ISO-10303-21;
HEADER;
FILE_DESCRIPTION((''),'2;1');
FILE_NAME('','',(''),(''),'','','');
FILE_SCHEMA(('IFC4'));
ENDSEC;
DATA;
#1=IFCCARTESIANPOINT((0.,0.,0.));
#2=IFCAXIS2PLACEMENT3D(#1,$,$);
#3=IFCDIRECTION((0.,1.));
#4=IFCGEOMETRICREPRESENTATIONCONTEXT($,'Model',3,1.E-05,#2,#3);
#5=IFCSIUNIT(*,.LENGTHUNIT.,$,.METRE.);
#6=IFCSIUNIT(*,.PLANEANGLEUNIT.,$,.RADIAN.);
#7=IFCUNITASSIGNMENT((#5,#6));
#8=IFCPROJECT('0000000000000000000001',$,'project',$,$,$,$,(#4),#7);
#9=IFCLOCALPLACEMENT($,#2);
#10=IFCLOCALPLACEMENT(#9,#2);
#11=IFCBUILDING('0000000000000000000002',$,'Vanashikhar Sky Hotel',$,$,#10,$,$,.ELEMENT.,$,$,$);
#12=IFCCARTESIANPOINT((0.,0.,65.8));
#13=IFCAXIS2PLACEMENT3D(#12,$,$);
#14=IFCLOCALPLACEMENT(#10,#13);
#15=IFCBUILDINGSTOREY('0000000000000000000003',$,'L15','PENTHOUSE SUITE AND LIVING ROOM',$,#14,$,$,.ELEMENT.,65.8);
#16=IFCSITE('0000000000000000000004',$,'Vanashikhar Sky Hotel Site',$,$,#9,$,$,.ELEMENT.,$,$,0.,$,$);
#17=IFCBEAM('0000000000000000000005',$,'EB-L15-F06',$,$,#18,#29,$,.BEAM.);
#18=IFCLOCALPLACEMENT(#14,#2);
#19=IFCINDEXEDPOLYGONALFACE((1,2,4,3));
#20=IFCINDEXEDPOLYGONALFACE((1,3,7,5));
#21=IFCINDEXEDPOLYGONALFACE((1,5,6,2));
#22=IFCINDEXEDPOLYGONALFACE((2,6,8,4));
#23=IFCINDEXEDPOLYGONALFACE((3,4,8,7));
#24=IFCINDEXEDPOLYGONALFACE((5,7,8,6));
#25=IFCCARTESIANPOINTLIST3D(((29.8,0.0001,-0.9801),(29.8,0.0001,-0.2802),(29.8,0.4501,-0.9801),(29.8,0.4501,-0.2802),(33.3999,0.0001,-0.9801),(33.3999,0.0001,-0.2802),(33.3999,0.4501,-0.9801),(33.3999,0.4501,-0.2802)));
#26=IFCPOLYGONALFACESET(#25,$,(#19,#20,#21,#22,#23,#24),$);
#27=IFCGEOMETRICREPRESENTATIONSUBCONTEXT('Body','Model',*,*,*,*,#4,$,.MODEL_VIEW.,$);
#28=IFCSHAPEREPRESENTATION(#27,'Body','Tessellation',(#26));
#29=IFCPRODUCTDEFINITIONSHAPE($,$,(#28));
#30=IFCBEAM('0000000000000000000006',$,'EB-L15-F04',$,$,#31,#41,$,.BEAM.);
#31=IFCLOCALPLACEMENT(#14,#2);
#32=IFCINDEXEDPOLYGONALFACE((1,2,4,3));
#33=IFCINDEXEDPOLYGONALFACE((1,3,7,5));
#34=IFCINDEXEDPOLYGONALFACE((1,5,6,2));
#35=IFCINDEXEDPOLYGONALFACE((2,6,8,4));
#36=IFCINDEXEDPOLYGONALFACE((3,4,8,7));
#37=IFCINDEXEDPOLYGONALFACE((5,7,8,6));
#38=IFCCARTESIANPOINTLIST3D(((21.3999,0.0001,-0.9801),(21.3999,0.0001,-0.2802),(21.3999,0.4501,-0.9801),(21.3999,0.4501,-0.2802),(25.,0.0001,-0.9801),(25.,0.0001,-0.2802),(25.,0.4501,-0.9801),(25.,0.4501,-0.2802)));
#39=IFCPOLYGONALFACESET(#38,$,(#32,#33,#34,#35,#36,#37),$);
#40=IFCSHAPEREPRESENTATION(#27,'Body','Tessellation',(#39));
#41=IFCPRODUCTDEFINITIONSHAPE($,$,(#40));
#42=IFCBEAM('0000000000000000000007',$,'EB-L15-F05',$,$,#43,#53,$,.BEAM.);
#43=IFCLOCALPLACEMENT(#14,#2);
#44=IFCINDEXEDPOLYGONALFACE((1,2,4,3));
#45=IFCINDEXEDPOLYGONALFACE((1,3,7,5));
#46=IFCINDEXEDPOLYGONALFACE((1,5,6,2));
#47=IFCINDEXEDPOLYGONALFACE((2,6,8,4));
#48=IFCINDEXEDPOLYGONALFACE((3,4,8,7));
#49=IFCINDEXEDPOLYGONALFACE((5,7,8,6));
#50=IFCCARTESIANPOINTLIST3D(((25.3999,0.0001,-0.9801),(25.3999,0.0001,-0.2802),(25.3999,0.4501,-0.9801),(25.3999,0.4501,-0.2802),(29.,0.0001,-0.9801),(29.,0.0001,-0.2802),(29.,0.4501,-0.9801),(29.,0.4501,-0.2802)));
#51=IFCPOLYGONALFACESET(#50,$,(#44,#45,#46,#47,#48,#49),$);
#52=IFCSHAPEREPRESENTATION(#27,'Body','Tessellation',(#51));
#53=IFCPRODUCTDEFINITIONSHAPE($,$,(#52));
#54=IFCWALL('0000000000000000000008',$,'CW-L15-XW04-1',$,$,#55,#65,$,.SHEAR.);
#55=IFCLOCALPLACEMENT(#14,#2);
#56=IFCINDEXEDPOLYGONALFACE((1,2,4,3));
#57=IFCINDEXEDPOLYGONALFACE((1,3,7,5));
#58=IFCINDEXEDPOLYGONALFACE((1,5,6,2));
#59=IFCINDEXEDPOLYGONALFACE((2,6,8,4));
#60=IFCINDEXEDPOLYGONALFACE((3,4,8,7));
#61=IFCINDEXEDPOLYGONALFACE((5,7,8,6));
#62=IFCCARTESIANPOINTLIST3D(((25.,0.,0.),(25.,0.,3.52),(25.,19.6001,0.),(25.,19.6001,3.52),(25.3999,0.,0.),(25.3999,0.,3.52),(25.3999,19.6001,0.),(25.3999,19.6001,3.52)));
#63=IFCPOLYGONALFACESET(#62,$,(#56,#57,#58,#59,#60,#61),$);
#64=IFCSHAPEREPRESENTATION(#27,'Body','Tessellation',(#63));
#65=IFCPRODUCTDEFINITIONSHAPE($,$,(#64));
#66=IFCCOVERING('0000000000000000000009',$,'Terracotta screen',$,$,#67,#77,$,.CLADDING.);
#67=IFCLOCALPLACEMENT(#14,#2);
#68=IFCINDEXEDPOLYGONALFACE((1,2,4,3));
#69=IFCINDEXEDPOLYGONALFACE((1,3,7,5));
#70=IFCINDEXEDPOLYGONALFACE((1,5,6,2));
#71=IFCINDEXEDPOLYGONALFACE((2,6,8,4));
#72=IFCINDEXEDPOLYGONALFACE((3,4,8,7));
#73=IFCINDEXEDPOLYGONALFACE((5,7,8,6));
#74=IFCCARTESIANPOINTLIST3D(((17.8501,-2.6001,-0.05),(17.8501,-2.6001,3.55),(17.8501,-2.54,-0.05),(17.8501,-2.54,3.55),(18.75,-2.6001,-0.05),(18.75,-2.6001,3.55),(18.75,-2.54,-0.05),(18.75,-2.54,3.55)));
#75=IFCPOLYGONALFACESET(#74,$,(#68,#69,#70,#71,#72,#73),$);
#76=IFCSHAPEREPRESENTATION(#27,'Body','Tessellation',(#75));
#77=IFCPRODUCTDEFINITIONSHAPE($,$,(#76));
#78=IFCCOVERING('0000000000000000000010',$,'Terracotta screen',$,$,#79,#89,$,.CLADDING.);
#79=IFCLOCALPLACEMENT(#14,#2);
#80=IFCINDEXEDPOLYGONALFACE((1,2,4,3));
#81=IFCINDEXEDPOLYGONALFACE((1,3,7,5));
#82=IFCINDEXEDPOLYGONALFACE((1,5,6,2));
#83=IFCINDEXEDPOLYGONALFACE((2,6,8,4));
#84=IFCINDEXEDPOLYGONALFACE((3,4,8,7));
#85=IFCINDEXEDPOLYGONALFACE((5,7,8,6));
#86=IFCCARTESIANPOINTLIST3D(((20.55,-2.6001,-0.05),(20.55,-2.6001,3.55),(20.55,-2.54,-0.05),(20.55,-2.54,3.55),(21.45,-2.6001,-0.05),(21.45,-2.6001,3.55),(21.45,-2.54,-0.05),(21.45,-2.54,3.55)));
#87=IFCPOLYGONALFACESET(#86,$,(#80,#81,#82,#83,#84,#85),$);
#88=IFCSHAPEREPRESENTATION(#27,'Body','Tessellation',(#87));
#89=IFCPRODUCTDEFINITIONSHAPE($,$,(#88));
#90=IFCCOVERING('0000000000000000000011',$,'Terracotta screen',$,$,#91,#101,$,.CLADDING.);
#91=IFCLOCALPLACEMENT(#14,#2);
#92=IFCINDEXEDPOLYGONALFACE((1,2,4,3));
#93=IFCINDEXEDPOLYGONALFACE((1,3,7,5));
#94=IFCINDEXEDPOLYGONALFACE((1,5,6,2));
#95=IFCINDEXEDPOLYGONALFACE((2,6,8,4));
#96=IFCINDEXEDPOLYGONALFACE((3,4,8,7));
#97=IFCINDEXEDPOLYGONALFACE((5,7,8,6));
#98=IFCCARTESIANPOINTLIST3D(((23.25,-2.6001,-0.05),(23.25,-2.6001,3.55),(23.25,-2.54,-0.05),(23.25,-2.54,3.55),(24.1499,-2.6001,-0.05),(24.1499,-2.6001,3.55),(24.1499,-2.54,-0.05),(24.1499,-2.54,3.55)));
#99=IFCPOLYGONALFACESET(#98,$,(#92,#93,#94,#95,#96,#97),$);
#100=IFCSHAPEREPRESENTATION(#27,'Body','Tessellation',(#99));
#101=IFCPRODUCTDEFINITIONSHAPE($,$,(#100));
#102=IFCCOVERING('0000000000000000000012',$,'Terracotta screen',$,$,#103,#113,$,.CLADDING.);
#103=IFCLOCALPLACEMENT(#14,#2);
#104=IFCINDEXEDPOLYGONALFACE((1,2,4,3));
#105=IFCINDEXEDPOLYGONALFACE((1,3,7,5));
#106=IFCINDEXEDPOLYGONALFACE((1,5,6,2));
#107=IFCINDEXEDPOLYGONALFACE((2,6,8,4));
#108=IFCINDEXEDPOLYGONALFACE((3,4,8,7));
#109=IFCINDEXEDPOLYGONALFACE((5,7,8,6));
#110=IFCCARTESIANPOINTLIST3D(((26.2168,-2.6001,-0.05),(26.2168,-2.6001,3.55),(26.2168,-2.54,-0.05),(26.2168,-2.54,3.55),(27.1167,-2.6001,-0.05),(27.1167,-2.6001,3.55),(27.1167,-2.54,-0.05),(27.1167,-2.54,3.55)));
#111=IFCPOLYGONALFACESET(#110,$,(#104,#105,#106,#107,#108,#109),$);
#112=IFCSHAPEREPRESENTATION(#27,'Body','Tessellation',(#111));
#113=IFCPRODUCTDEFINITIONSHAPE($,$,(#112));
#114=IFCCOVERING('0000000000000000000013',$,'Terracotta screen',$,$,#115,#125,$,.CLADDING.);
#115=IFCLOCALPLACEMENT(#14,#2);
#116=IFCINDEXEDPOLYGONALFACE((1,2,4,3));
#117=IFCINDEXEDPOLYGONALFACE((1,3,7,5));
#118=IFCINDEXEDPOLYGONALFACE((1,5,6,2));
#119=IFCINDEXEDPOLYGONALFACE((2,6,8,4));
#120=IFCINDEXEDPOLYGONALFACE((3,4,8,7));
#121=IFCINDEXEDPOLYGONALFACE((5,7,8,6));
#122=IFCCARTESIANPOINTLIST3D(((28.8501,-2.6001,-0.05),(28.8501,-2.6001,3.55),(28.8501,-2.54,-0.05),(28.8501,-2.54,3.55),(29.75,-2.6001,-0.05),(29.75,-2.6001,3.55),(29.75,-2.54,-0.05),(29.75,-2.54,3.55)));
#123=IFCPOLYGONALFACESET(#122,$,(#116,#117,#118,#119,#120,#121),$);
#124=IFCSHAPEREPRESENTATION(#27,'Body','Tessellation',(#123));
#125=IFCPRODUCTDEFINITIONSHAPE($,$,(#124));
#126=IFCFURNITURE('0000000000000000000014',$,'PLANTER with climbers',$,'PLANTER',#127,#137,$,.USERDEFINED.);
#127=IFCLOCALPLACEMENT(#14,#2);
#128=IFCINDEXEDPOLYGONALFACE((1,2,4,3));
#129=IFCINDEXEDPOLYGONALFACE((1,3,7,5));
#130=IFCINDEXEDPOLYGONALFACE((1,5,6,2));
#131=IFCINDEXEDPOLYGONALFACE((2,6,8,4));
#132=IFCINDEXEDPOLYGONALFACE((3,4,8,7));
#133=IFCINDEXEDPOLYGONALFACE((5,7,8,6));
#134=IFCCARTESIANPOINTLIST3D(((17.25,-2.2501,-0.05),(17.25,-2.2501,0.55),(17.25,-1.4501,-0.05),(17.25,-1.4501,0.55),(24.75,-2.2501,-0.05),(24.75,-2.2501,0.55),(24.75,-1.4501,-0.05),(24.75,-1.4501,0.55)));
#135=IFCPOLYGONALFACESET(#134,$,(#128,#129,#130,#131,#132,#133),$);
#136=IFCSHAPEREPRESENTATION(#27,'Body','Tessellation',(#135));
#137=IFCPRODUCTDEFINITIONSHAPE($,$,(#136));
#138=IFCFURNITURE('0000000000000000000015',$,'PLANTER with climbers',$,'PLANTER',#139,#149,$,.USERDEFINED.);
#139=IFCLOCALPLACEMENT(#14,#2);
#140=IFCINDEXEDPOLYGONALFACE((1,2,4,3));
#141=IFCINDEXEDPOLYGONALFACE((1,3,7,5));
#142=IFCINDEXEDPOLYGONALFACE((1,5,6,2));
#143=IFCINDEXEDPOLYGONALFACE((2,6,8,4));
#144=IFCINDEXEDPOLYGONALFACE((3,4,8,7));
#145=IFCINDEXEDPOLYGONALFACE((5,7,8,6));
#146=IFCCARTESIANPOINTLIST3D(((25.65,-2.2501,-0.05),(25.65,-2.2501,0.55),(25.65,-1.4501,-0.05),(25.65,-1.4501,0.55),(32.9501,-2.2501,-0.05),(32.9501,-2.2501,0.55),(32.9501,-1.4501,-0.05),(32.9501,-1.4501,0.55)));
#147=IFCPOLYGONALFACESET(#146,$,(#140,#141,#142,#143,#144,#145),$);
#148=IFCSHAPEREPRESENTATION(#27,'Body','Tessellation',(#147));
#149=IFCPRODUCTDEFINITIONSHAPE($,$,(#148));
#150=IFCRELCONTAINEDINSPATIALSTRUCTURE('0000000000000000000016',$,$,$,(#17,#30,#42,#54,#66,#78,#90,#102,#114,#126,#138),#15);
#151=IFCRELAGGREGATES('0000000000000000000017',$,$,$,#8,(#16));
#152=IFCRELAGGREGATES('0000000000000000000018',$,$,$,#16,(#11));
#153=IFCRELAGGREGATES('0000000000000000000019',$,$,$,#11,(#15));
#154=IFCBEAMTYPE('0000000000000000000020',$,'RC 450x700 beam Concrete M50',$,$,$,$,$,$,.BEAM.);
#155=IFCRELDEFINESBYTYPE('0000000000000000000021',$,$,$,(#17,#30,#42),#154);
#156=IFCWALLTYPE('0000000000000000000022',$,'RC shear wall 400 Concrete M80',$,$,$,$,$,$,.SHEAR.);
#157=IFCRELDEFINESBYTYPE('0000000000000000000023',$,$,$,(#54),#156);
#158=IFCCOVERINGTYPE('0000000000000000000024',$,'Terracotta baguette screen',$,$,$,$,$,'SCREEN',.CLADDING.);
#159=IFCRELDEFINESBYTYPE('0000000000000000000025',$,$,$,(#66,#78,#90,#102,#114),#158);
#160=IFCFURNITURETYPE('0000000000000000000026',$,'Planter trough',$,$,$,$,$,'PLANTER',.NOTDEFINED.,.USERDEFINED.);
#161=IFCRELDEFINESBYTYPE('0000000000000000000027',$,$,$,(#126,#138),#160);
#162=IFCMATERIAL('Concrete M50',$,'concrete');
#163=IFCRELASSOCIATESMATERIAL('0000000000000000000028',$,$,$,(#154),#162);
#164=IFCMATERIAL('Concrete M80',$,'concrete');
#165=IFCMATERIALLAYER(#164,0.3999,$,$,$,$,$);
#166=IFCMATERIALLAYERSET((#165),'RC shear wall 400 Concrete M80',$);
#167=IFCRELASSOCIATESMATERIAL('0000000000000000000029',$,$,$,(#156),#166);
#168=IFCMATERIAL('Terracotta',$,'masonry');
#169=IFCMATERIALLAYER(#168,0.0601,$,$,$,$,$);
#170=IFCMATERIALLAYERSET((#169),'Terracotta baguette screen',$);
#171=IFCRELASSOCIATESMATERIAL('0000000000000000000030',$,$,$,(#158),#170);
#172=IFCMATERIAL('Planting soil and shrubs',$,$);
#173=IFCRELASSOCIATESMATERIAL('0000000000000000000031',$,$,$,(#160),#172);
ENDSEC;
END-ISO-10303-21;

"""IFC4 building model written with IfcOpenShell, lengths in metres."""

from ifc_helpers import new_model, si_unit, direction, frame, frame_2d, origin, origin_2d, place, context, subcontext, project, spatial, rectangle, extrude, source, transform, mapped, material, layer, layer_set, material_profile, profile_set, type_object, element, save


model = new_model("IFC4")

# Units and contexts
model_context = context("Model", 3, precision=1e-05, world=origin(), true_north=direction((0.0, 1.0)))
body_context = subcontext(model_context, "Body", "Model", "MODEL_VIEW")
ifc_project = project(units=[si_unit("LENGTHUNIT", "METRE"), si_unit("PLANEANGLEUNIT", "RADIAN")], contexts=[model_context])

# Site, building, storey
site_placement = place(None, origin())
site = spatial("IfcSite", under=ifc_project, at=site_placement, Name="Vanashikhar Sky Hotel Site", CompositionType="ELEMENT", RefElevation=0.0)
building_placement = place(site_placement, origin())
building = spatial("IfcBuilding", under=site, at=building_placement, Name="Vanashikhar Sky Hotel", CompositionType="ELEMENT")
storey_placement = place(building_placement, frame((0.0, 0.0, 65.8)))
storey = spatial("IfcBuildingStorey", under=building, at=storey_placement, Name="L15", Description="PENTHOUSE SUITE AND LIVING ROOM", CompositionType="ELEMENT", Elevation=65.8)

# Beams
ifc_material_1 = material(Name="Concrete M50", Category="concrete")
ifc_material_profile = material_profile(ifc_material_1, rectangle(XDim=0.45, YDim=0.7, at=origin_2d()))
ifc_profile_set = profile_set([ifc_material_profile], Name="RC 450x700 beam Concrete M50")
beam_type = type_object("IfcBeamType", Name="RC 450x700 beam Concrete M50", PredefinedType="BEAM", material=ifc_profile_set)
shared_shape_1 = source(origin(), body_context, "Body", "SweptSolid", [
    extrude(rectangle(XDim=0.45, YDim=0.7, at=origin_2d()), origin(), (0.0, 0.0, 1.0), 3.5999),
])
beam_placement = place(storey_placement, frame((29.8, 0.2251, -0.6301), z_axis=(1.0, 0.0, 0.0), x_axis=(0.0, 1.0, 0.0)))
element("IfcBeam", 1, at=beam_placement, inside=storey, type_object=beam_type, Name="EB-L15-F06", PredefinedType="BEAM", context=body_context, shape_type="MappedRepresentation", body=[
    mapped(shared_shape_1, transform((0.0, 0.0, 0.0), scale=1.0)),
])
shared_shape_2 = source(origin(), body_context, "Body", "SweptSolid", [
    extrude(rectangle(XDim=0.45, YDim=0.7, at=origin_2d()), origin(), (0.0, 0.0, 1.0), 3.6001),
])
for number, where, z_axis, x_axis, name in (
    (2, (21.3999, 0.2251, -0.6301), (1.0, 0.0, 0.0), (0.0, 1.0, 0.0), "EB-L15-F04"),
    (3, (25.3999, 0.2251, -0.6301), (1.0, 0.0, 0.0), (0.0, 1.0, 0.0), "EB-L15-F05"),
):
    element("IfcBeam", number, at=place(storey_placement, frame(where, z_axis=z_axis, x_axis=x_axis)), inside=storey, type_object=beam_type, Name=name, PredefinedType="BEAM", context=body_context, shape_type="MappedRepresentation", body=[
        mapped(shared_shape_2, transform((0.0, 0.0, 0.0), scale=1.0)),
    ])

# Wall
ifc_material_2 = material(Name="Concrete M80", Category="concrete")
ifc_layer_1 = layer(ifc_material_2, 0.3999)
ifc_layer_set_1 = layer_set([ifc_layer_1], Name="RC shear wall 400 Concrete M80")
wall_type_1 = type_object("IfcWallType", Name="RC shear wall 400 Concrete M80", PredefinedType="SHEAR", material=ifc_layer_set_1)
shared_shape_3 = source(origin(), body_context, "Body", "SweptSolid", [
    extrude(rectangle(XDim=19.6001, YDim=0.3999, at=frame_2d((9.8, 0.0))), origin(), (0.0, 0.0, 1.0), 3.52),
])
wall_1_placement = place(storey_placement, frame((25.2, 0.0, 0.0), z_axis=(0.0, 0.0, 1.0), x_axis=(0.0, 1.0, 0.0)))
element("IfcWall", 4, at=wall_1_placement, inside=storey, type_object=wall_type_1, Name="CW-L15-XW04-1", PredefinedType="SHEAR", context=body_context, shape_type="MappedRepresentation", body=[
    mapped(shared_shape_3, transform((0.0, 0.0, 0.0), scale=1.0)),
])

# Coverings
ifc_material_3 = material(Name="Terracotta", Category="masonry")
ifc_layer_2 = layer(ifc_material_3, 0.0601)
ifc_layer_set_2 = layer_set([ifc_layer_2], Name="Terracotta baguette screen")
covering_type = type_object("IfcCoveringType", Name="Terracotta baguette screen", ElementType="SCREEN", PredefinedType="CLADDING", material=ifc_layer_set_2)
shared_shape_4 = source(origin(), body_context, "Body", "SweptSolid", [
    extrude(rectangle(XDim=0.8999, YDim=0.0601, at=origin_2d()), origin(), (0.0, 0.0, 1.0), 3.6001),
])
for number, where, z_axis, x_axis, name in (
    (5, (18.3, -2.5701, -0.05), (0.0, 0.0, 1.0), (1.0, 0.0, 0.0), "Terracotta screen"),
    (6, (21.0, -2.5701, -0.05), (0.0, 0.0, 1.0), (1.0, 0.0, 0.0), "Terracotta screen"),
    (7, (23.7, -2.5701, -0.05), (0.0, 0.0, 1.0), (1.0, 0.0, 0.0), "Terracotta screen"),
    (8, (26.6667, -2.5701, -0.05), (0.0, 0.0, 1.0), (1.0, 0.0, 0.0), "Terracotta screen"),
    (9, (29.3, -2.5701, -0.05), (0.0, 0.0, 1.0), (1.0, 0.0, 0.0), "Terracotta screen"),
):
    element("IfcCovering", number, at=place(storey_placement, frame(where, z_axis=z_axis, x_axis=x_axis)), inside=storey, type_object=covering_type, Name=name, PredefinedType="CLADDING", context=body_context, shape_type="MappedRepresentation", body=[
        mapped(shared_shape_4, transform((0.0, 0.0, 0.0), scale=1.0)),
    ])

# Furniture
ifc_material_4 = material(Name="Planting soil and shrubs")
furniture_type = type_object("IfcFurnitureType", Name="Planter trough", ElementType="PLANTER", AssemblyPlace="NOTDEFINED", PredefinedType="USERDEFINED", material=ifc_material_4)
shared_shape_5 = source(origin(), body_context, "Body", "SweptSolid", [
    extrude(rectangle(XDim=7.5, YDim=0.8, at=origin_2d()), origin(), (0.0, 0.0, 1.0), 0.6001),
])
furniture_1_placement = place(storey_placement, frame((21.0, -1.8501, -0.05), z_axis=(0.0, 0.0, 1.0), x_axis=(1.0, 0.0, 0.0)))
element("IfcFurniture", 10, at=furniture_1_placement, inside=storey, type_object=furniture_type, Name="PLANTER with climbers", ObjectType="PLANTER", PredefinedType="USERDEFINED", context=body_context, shape_type="MappedRepresentation", body=[
    mapped(shared_shape_5, transform((0.0, 0.0, 0.0), scale=1.0)),
])
shared_shape_6 = source(origin(), body_context, "Body", "SweptSolid", [
    extrude(rectangle(XDim=7.3, YDim=0.8, at=origin_2d()), origin(), (0.0, 0.0, 1.0), 0.6001),
])
furniture_2_placement = place(storey_placement, frame((29.3, -1.8501, -0.05), z_axis=(0.0, 0.0, 1.0), x_axis=(1.0, 0.0, 0.0)))
element("IfcFurniture", 11, at=furniture_2_placement, inside=storey, type_object=furniture_type, Name="PLANTER with climbers", ObjectType="PLANTER", PredefinedType="USERDEFINED", context=body_context, shape_type="MappedRepresentation", body=[
    mapped(shared_shape_6, transform((0.0, 0.0, 0.0), scale=1.0)),
])

save(model, "model.ifc")
